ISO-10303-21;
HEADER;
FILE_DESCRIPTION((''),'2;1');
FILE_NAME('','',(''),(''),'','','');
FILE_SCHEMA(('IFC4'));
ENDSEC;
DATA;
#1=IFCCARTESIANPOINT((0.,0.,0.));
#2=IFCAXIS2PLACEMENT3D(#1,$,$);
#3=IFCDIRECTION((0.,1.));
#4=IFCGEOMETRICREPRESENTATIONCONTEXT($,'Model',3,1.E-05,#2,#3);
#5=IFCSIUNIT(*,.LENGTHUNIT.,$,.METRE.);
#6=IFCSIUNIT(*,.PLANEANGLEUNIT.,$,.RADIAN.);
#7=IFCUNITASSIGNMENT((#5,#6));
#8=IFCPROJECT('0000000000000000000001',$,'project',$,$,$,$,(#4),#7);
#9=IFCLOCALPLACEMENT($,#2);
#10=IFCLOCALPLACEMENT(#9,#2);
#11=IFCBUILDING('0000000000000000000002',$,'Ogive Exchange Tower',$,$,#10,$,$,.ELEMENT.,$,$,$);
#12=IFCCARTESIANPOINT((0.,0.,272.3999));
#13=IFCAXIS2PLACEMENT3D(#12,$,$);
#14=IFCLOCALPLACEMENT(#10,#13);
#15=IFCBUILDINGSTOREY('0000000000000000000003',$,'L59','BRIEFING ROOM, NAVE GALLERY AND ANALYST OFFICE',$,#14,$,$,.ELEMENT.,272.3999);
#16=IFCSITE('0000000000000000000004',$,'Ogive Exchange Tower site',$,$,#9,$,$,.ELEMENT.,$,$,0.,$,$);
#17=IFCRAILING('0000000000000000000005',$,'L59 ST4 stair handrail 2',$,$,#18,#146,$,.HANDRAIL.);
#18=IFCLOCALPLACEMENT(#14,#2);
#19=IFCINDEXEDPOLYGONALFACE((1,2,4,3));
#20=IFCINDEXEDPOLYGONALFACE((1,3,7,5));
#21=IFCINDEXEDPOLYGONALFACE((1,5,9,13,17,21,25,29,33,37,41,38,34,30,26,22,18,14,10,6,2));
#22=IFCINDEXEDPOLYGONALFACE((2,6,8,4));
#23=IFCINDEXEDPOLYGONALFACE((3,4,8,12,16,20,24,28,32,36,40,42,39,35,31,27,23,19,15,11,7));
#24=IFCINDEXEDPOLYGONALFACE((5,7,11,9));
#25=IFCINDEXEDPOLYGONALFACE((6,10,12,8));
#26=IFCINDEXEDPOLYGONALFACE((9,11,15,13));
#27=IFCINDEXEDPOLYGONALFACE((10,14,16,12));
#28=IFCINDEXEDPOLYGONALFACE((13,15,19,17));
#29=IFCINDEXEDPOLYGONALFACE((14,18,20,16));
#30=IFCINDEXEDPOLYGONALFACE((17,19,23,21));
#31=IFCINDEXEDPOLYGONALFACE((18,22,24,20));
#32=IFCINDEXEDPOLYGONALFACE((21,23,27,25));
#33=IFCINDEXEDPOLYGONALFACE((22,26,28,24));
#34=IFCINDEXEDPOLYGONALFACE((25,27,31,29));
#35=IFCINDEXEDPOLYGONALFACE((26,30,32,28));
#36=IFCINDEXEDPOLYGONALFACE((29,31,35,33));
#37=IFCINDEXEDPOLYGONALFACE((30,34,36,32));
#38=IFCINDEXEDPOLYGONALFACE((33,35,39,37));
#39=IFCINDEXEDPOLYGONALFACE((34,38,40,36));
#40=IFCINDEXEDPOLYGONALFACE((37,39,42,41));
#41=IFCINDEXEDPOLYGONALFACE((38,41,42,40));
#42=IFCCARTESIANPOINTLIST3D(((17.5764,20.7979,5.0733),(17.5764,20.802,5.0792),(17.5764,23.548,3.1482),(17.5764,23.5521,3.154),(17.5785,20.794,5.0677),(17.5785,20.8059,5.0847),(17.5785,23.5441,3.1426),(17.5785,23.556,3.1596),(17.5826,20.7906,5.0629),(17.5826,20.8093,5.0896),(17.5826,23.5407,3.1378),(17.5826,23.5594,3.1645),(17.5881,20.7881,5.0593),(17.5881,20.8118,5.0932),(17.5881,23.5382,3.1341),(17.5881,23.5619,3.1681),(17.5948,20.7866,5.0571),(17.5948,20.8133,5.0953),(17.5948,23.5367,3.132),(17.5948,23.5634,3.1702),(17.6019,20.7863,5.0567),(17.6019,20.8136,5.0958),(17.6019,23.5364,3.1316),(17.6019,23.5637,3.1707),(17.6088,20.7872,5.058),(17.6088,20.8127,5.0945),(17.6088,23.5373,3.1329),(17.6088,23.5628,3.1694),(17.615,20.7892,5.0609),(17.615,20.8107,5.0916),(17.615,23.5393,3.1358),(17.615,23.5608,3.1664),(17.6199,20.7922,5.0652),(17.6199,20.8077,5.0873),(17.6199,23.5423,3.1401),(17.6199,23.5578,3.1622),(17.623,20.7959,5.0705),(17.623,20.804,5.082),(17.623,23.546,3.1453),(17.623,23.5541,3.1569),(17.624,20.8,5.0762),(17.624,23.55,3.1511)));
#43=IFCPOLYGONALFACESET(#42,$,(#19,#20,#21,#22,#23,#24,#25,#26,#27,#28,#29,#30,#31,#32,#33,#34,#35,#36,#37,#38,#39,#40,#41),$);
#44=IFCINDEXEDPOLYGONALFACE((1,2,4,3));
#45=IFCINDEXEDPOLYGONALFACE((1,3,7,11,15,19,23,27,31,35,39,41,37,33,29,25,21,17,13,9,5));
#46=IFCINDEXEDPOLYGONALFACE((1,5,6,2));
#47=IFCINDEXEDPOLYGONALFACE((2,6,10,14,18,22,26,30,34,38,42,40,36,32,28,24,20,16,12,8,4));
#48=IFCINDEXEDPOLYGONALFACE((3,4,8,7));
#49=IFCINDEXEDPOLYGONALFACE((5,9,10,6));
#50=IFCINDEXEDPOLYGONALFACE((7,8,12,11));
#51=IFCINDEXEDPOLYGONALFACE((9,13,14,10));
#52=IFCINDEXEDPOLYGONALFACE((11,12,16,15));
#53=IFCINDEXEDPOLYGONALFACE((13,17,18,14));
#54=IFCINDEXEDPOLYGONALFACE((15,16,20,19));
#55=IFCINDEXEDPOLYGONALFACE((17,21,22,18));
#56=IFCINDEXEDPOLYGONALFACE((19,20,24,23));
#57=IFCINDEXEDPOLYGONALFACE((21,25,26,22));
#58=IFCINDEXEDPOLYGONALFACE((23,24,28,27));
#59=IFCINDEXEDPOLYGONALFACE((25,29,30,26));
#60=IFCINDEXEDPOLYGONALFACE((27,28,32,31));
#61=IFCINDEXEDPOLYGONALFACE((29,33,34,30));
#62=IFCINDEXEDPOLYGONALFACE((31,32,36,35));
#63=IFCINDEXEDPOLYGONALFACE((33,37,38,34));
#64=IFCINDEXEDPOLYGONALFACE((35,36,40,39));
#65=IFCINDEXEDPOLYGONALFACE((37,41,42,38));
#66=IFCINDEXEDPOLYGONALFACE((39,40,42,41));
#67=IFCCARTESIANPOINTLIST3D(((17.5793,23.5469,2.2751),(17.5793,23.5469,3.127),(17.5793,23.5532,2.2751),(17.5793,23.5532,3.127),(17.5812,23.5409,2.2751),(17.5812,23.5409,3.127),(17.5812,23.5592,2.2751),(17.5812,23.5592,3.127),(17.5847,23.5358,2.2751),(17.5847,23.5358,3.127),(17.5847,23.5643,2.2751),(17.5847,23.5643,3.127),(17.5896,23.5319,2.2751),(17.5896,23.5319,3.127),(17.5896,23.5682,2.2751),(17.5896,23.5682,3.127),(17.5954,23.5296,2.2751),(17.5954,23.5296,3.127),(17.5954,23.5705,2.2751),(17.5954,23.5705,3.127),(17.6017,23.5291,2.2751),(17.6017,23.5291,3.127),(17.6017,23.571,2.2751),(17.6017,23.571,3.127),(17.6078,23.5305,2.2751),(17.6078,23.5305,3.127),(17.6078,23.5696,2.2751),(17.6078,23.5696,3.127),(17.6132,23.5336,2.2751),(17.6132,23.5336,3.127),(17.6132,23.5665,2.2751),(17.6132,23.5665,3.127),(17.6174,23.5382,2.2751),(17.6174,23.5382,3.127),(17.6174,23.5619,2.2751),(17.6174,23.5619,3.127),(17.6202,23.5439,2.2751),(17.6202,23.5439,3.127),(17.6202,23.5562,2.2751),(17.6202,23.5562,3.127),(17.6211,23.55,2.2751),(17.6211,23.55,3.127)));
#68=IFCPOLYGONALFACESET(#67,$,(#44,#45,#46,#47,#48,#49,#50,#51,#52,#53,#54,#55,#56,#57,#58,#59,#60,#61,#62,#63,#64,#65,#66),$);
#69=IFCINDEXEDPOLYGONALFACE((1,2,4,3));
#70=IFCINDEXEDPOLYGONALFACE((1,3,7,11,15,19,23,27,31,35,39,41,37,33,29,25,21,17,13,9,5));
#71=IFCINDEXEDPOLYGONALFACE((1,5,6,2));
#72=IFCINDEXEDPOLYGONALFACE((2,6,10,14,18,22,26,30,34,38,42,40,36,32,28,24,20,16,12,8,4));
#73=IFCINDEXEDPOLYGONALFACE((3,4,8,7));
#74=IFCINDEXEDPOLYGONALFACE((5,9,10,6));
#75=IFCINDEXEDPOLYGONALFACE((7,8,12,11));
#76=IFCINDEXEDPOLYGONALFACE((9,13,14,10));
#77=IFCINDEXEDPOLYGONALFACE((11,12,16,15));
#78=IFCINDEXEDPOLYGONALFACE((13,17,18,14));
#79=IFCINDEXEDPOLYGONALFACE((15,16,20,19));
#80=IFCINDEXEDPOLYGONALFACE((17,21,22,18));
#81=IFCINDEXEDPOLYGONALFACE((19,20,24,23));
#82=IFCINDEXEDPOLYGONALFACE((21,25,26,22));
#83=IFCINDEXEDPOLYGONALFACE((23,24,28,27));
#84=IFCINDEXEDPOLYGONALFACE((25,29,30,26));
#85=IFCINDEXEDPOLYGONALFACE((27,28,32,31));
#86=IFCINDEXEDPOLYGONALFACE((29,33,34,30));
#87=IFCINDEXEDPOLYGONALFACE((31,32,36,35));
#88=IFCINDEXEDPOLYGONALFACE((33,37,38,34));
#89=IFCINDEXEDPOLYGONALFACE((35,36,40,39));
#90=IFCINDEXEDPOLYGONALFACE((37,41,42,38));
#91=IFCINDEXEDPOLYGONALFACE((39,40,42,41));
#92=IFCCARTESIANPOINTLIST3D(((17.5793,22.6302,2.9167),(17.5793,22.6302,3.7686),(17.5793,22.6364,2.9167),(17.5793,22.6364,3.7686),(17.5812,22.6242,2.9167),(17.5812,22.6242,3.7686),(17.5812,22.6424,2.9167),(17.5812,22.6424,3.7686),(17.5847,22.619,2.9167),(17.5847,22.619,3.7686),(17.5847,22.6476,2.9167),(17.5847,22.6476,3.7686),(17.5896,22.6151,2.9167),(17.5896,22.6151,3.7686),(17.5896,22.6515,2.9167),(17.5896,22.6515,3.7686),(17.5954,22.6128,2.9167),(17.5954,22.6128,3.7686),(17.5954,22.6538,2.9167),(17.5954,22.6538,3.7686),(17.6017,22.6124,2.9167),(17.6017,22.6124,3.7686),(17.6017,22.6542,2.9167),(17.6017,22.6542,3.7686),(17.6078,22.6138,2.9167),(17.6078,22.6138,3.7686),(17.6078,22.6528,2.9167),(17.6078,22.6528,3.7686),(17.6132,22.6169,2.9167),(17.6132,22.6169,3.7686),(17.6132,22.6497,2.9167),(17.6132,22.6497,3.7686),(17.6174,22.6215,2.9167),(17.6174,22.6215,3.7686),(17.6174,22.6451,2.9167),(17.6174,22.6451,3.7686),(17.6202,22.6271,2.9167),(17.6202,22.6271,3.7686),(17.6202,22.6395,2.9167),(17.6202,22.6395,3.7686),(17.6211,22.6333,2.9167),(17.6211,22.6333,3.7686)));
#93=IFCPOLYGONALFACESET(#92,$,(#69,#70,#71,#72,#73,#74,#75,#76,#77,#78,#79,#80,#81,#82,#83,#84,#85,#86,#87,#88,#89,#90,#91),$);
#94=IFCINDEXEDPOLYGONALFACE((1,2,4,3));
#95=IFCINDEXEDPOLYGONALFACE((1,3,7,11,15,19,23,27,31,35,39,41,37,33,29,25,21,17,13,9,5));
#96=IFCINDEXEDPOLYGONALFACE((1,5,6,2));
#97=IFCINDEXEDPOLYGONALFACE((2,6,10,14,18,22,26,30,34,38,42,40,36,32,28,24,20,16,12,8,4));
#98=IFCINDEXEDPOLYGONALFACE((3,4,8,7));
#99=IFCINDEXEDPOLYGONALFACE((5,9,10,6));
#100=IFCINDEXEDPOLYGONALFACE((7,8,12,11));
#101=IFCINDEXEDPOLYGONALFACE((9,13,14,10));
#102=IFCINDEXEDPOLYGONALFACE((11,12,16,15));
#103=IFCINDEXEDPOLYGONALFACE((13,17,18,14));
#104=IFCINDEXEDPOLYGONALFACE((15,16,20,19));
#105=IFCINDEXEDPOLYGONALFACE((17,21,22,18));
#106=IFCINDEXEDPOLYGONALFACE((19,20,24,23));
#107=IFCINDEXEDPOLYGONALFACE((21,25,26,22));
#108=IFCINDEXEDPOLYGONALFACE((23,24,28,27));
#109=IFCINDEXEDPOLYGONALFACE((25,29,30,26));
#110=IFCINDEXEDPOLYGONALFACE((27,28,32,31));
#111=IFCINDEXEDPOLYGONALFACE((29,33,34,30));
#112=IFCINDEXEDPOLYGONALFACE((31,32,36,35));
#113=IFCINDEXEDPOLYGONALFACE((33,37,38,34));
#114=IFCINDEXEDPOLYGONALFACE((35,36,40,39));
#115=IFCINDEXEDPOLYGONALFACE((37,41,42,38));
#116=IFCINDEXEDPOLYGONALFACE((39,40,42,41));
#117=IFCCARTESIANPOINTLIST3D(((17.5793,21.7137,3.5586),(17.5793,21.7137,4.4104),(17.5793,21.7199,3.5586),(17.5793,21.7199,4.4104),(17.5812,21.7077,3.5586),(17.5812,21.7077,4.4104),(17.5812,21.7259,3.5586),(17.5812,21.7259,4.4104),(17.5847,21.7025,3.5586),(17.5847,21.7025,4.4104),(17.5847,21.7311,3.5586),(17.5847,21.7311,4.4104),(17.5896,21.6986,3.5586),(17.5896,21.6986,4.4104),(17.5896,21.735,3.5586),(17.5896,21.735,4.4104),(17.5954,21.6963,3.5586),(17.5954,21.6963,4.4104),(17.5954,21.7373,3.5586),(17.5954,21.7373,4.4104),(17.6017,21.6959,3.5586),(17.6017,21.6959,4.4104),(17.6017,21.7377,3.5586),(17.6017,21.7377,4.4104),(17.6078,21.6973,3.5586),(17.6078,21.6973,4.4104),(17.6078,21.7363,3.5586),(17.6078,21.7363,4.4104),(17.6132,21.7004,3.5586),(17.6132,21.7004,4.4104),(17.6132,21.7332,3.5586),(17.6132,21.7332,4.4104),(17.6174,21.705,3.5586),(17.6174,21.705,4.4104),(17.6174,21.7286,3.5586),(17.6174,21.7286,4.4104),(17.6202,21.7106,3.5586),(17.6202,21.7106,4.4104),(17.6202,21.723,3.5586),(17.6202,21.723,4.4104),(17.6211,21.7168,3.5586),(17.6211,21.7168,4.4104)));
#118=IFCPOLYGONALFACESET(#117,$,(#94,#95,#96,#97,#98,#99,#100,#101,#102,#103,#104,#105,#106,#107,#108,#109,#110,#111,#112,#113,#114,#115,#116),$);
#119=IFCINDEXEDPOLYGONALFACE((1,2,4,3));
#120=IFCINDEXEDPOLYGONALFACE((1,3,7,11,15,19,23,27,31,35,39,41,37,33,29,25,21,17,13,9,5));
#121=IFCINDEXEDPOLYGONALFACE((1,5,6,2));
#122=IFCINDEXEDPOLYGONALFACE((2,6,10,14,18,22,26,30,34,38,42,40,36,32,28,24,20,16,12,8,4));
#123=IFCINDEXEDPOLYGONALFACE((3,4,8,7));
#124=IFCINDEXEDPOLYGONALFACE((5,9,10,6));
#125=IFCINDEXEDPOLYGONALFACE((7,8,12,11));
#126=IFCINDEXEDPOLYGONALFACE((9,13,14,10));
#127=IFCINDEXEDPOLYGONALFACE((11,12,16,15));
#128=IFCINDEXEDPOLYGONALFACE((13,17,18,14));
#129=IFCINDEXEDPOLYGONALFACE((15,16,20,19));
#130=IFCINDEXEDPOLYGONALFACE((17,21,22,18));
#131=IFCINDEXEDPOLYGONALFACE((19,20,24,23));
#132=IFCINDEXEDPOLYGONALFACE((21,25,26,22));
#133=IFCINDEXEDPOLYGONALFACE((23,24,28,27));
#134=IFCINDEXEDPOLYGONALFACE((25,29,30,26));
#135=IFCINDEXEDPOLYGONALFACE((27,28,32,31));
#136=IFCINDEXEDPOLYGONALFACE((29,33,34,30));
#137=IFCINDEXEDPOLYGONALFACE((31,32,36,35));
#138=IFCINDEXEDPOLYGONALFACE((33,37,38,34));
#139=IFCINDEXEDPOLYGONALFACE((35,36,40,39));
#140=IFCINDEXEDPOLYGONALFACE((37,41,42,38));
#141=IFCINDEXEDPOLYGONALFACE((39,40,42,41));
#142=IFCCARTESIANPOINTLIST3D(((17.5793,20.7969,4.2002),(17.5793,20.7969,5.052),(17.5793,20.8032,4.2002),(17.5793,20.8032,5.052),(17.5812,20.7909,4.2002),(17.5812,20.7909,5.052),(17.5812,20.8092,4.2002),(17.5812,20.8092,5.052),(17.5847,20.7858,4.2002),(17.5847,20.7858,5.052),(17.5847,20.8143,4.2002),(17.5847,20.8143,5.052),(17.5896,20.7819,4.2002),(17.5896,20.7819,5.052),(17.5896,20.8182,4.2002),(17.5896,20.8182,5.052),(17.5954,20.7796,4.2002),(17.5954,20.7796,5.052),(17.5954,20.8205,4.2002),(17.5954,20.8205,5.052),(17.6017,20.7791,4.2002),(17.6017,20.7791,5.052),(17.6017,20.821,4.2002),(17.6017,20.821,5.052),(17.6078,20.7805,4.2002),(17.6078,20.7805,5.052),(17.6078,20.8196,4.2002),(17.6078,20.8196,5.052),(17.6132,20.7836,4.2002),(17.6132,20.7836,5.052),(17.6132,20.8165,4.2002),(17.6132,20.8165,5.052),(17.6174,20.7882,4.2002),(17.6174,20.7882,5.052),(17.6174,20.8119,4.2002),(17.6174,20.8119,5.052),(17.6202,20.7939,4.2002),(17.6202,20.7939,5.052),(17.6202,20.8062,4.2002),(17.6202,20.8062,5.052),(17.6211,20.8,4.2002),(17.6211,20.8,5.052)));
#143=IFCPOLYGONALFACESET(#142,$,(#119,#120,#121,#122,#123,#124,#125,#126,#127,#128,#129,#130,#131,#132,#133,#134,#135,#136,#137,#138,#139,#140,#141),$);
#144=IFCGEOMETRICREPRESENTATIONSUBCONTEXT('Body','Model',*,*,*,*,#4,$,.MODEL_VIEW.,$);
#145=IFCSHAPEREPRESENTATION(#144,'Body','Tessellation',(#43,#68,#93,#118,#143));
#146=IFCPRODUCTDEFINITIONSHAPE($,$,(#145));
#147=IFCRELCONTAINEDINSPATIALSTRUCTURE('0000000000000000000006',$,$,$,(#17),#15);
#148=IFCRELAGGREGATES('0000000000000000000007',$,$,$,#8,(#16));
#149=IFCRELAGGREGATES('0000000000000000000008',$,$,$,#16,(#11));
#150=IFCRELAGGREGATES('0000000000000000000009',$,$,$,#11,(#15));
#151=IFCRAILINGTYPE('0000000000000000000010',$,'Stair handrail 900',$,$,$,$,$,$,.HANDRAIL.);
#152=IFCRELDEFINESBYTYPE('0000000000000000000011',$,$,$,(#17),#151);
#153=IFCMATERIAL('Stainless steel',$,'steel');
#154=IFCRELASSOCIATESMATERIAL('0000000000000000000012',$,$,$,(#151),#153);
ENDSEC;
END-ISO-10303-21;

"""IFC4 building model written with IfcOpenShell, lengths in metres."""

from ifc_helpers import new_model, si_unit, direction, frame, origin, origin_2d, place, context, subcontext, project, spatial, circle, extrude, material, type_object, element, save


model = new_model("IFC4")

# Units and contexts
model_context = context("Model", 3, precision=1e-05, world=origin(), true_north=direction((0.0, 1.0)))
body_context = subcontext(model_context, "Body", "Model", "MODEL_VIEW")
ifc_project = project(units=[si_unit("LENGTHUNIT", "METRE"), si_unit("PLANEANGLEUNIT", "RADIAN")], contexts=[model_context])

# Site, building, storey
site_placement = place(None, origin())
site = spatial("IfcSite", under=ifc_project, at=site_placement, Name="Ogive Exchange Tower site", CompositionType="ELEMENT", RefElevation=0.0)
building_placement = place(site_placement, origin())
building = spatial("IfcBuilding", under=site, at=building_placement, Name="Ogive Exchange Tower", CompositionType="ELEMENT")
storey_placement = place(building_placement, frame((0.0, 0.0, 272.3999)))
storey = spatial("IfcBuildingStorey", under=building, at=storey_placement, Name="L59", Description="BRIEFING ROOM, NAVE GALLERY AND ANALYST OFFICE", CompositionType="ELEMENT", Elevation=272.3999)

# Railing
ifc_material_1 = material(Name="Stainless steel", Category="steel")
railing_type = type_object("IfcRailingType", Name="Stair handrail 900", PredefinedType="HANDRAIL", material=ifc_material_1)
railing_placement = place(storey_placement, frame((17.6001, 23.55, 2.2751)))
element("IfcRailing", 1, at=railing_placement, inside=storey, type_object=railing_type, Name="L59 ST4 stair handrail 2", PredefinedType="HANDRAIL", context=body_context, shape_type="SweptSolid", body=[
    extrude(circle(Radius=0.0239, at=origin_2d()), frame((0.0, 0.0, 0.876), z_axis=(0.0, -0.819225, 0.573472), x_axis=(1.0, 0.0, 0.0)), (0.0, 0.0, 1.0), 3.3569),
    extrude(circle(Radius=0.021, at=origin_2d()), origin(), (0.0, 0.0, 1.0), 0.8518),
    extrude(circle(Radius=0.021, at=origin_2d()), frame((0.0, -0.9167, 0.6416)), (0.0, 0.0, 1.0), 0.8518),
    extrude(circle(Radius=0.021, at=origin_2d()), frame((0.0, -1.8333, 1.2834)), (0.0, 0.0, 1.0), 0.8518),
    extrude(circle(Radius=0.021, at=origin_2d()), frame((0.0, -2.75, 1.925)), (0.0, 0.0, 1.0), 0.8518),
])

save(model, "model.ifc")
